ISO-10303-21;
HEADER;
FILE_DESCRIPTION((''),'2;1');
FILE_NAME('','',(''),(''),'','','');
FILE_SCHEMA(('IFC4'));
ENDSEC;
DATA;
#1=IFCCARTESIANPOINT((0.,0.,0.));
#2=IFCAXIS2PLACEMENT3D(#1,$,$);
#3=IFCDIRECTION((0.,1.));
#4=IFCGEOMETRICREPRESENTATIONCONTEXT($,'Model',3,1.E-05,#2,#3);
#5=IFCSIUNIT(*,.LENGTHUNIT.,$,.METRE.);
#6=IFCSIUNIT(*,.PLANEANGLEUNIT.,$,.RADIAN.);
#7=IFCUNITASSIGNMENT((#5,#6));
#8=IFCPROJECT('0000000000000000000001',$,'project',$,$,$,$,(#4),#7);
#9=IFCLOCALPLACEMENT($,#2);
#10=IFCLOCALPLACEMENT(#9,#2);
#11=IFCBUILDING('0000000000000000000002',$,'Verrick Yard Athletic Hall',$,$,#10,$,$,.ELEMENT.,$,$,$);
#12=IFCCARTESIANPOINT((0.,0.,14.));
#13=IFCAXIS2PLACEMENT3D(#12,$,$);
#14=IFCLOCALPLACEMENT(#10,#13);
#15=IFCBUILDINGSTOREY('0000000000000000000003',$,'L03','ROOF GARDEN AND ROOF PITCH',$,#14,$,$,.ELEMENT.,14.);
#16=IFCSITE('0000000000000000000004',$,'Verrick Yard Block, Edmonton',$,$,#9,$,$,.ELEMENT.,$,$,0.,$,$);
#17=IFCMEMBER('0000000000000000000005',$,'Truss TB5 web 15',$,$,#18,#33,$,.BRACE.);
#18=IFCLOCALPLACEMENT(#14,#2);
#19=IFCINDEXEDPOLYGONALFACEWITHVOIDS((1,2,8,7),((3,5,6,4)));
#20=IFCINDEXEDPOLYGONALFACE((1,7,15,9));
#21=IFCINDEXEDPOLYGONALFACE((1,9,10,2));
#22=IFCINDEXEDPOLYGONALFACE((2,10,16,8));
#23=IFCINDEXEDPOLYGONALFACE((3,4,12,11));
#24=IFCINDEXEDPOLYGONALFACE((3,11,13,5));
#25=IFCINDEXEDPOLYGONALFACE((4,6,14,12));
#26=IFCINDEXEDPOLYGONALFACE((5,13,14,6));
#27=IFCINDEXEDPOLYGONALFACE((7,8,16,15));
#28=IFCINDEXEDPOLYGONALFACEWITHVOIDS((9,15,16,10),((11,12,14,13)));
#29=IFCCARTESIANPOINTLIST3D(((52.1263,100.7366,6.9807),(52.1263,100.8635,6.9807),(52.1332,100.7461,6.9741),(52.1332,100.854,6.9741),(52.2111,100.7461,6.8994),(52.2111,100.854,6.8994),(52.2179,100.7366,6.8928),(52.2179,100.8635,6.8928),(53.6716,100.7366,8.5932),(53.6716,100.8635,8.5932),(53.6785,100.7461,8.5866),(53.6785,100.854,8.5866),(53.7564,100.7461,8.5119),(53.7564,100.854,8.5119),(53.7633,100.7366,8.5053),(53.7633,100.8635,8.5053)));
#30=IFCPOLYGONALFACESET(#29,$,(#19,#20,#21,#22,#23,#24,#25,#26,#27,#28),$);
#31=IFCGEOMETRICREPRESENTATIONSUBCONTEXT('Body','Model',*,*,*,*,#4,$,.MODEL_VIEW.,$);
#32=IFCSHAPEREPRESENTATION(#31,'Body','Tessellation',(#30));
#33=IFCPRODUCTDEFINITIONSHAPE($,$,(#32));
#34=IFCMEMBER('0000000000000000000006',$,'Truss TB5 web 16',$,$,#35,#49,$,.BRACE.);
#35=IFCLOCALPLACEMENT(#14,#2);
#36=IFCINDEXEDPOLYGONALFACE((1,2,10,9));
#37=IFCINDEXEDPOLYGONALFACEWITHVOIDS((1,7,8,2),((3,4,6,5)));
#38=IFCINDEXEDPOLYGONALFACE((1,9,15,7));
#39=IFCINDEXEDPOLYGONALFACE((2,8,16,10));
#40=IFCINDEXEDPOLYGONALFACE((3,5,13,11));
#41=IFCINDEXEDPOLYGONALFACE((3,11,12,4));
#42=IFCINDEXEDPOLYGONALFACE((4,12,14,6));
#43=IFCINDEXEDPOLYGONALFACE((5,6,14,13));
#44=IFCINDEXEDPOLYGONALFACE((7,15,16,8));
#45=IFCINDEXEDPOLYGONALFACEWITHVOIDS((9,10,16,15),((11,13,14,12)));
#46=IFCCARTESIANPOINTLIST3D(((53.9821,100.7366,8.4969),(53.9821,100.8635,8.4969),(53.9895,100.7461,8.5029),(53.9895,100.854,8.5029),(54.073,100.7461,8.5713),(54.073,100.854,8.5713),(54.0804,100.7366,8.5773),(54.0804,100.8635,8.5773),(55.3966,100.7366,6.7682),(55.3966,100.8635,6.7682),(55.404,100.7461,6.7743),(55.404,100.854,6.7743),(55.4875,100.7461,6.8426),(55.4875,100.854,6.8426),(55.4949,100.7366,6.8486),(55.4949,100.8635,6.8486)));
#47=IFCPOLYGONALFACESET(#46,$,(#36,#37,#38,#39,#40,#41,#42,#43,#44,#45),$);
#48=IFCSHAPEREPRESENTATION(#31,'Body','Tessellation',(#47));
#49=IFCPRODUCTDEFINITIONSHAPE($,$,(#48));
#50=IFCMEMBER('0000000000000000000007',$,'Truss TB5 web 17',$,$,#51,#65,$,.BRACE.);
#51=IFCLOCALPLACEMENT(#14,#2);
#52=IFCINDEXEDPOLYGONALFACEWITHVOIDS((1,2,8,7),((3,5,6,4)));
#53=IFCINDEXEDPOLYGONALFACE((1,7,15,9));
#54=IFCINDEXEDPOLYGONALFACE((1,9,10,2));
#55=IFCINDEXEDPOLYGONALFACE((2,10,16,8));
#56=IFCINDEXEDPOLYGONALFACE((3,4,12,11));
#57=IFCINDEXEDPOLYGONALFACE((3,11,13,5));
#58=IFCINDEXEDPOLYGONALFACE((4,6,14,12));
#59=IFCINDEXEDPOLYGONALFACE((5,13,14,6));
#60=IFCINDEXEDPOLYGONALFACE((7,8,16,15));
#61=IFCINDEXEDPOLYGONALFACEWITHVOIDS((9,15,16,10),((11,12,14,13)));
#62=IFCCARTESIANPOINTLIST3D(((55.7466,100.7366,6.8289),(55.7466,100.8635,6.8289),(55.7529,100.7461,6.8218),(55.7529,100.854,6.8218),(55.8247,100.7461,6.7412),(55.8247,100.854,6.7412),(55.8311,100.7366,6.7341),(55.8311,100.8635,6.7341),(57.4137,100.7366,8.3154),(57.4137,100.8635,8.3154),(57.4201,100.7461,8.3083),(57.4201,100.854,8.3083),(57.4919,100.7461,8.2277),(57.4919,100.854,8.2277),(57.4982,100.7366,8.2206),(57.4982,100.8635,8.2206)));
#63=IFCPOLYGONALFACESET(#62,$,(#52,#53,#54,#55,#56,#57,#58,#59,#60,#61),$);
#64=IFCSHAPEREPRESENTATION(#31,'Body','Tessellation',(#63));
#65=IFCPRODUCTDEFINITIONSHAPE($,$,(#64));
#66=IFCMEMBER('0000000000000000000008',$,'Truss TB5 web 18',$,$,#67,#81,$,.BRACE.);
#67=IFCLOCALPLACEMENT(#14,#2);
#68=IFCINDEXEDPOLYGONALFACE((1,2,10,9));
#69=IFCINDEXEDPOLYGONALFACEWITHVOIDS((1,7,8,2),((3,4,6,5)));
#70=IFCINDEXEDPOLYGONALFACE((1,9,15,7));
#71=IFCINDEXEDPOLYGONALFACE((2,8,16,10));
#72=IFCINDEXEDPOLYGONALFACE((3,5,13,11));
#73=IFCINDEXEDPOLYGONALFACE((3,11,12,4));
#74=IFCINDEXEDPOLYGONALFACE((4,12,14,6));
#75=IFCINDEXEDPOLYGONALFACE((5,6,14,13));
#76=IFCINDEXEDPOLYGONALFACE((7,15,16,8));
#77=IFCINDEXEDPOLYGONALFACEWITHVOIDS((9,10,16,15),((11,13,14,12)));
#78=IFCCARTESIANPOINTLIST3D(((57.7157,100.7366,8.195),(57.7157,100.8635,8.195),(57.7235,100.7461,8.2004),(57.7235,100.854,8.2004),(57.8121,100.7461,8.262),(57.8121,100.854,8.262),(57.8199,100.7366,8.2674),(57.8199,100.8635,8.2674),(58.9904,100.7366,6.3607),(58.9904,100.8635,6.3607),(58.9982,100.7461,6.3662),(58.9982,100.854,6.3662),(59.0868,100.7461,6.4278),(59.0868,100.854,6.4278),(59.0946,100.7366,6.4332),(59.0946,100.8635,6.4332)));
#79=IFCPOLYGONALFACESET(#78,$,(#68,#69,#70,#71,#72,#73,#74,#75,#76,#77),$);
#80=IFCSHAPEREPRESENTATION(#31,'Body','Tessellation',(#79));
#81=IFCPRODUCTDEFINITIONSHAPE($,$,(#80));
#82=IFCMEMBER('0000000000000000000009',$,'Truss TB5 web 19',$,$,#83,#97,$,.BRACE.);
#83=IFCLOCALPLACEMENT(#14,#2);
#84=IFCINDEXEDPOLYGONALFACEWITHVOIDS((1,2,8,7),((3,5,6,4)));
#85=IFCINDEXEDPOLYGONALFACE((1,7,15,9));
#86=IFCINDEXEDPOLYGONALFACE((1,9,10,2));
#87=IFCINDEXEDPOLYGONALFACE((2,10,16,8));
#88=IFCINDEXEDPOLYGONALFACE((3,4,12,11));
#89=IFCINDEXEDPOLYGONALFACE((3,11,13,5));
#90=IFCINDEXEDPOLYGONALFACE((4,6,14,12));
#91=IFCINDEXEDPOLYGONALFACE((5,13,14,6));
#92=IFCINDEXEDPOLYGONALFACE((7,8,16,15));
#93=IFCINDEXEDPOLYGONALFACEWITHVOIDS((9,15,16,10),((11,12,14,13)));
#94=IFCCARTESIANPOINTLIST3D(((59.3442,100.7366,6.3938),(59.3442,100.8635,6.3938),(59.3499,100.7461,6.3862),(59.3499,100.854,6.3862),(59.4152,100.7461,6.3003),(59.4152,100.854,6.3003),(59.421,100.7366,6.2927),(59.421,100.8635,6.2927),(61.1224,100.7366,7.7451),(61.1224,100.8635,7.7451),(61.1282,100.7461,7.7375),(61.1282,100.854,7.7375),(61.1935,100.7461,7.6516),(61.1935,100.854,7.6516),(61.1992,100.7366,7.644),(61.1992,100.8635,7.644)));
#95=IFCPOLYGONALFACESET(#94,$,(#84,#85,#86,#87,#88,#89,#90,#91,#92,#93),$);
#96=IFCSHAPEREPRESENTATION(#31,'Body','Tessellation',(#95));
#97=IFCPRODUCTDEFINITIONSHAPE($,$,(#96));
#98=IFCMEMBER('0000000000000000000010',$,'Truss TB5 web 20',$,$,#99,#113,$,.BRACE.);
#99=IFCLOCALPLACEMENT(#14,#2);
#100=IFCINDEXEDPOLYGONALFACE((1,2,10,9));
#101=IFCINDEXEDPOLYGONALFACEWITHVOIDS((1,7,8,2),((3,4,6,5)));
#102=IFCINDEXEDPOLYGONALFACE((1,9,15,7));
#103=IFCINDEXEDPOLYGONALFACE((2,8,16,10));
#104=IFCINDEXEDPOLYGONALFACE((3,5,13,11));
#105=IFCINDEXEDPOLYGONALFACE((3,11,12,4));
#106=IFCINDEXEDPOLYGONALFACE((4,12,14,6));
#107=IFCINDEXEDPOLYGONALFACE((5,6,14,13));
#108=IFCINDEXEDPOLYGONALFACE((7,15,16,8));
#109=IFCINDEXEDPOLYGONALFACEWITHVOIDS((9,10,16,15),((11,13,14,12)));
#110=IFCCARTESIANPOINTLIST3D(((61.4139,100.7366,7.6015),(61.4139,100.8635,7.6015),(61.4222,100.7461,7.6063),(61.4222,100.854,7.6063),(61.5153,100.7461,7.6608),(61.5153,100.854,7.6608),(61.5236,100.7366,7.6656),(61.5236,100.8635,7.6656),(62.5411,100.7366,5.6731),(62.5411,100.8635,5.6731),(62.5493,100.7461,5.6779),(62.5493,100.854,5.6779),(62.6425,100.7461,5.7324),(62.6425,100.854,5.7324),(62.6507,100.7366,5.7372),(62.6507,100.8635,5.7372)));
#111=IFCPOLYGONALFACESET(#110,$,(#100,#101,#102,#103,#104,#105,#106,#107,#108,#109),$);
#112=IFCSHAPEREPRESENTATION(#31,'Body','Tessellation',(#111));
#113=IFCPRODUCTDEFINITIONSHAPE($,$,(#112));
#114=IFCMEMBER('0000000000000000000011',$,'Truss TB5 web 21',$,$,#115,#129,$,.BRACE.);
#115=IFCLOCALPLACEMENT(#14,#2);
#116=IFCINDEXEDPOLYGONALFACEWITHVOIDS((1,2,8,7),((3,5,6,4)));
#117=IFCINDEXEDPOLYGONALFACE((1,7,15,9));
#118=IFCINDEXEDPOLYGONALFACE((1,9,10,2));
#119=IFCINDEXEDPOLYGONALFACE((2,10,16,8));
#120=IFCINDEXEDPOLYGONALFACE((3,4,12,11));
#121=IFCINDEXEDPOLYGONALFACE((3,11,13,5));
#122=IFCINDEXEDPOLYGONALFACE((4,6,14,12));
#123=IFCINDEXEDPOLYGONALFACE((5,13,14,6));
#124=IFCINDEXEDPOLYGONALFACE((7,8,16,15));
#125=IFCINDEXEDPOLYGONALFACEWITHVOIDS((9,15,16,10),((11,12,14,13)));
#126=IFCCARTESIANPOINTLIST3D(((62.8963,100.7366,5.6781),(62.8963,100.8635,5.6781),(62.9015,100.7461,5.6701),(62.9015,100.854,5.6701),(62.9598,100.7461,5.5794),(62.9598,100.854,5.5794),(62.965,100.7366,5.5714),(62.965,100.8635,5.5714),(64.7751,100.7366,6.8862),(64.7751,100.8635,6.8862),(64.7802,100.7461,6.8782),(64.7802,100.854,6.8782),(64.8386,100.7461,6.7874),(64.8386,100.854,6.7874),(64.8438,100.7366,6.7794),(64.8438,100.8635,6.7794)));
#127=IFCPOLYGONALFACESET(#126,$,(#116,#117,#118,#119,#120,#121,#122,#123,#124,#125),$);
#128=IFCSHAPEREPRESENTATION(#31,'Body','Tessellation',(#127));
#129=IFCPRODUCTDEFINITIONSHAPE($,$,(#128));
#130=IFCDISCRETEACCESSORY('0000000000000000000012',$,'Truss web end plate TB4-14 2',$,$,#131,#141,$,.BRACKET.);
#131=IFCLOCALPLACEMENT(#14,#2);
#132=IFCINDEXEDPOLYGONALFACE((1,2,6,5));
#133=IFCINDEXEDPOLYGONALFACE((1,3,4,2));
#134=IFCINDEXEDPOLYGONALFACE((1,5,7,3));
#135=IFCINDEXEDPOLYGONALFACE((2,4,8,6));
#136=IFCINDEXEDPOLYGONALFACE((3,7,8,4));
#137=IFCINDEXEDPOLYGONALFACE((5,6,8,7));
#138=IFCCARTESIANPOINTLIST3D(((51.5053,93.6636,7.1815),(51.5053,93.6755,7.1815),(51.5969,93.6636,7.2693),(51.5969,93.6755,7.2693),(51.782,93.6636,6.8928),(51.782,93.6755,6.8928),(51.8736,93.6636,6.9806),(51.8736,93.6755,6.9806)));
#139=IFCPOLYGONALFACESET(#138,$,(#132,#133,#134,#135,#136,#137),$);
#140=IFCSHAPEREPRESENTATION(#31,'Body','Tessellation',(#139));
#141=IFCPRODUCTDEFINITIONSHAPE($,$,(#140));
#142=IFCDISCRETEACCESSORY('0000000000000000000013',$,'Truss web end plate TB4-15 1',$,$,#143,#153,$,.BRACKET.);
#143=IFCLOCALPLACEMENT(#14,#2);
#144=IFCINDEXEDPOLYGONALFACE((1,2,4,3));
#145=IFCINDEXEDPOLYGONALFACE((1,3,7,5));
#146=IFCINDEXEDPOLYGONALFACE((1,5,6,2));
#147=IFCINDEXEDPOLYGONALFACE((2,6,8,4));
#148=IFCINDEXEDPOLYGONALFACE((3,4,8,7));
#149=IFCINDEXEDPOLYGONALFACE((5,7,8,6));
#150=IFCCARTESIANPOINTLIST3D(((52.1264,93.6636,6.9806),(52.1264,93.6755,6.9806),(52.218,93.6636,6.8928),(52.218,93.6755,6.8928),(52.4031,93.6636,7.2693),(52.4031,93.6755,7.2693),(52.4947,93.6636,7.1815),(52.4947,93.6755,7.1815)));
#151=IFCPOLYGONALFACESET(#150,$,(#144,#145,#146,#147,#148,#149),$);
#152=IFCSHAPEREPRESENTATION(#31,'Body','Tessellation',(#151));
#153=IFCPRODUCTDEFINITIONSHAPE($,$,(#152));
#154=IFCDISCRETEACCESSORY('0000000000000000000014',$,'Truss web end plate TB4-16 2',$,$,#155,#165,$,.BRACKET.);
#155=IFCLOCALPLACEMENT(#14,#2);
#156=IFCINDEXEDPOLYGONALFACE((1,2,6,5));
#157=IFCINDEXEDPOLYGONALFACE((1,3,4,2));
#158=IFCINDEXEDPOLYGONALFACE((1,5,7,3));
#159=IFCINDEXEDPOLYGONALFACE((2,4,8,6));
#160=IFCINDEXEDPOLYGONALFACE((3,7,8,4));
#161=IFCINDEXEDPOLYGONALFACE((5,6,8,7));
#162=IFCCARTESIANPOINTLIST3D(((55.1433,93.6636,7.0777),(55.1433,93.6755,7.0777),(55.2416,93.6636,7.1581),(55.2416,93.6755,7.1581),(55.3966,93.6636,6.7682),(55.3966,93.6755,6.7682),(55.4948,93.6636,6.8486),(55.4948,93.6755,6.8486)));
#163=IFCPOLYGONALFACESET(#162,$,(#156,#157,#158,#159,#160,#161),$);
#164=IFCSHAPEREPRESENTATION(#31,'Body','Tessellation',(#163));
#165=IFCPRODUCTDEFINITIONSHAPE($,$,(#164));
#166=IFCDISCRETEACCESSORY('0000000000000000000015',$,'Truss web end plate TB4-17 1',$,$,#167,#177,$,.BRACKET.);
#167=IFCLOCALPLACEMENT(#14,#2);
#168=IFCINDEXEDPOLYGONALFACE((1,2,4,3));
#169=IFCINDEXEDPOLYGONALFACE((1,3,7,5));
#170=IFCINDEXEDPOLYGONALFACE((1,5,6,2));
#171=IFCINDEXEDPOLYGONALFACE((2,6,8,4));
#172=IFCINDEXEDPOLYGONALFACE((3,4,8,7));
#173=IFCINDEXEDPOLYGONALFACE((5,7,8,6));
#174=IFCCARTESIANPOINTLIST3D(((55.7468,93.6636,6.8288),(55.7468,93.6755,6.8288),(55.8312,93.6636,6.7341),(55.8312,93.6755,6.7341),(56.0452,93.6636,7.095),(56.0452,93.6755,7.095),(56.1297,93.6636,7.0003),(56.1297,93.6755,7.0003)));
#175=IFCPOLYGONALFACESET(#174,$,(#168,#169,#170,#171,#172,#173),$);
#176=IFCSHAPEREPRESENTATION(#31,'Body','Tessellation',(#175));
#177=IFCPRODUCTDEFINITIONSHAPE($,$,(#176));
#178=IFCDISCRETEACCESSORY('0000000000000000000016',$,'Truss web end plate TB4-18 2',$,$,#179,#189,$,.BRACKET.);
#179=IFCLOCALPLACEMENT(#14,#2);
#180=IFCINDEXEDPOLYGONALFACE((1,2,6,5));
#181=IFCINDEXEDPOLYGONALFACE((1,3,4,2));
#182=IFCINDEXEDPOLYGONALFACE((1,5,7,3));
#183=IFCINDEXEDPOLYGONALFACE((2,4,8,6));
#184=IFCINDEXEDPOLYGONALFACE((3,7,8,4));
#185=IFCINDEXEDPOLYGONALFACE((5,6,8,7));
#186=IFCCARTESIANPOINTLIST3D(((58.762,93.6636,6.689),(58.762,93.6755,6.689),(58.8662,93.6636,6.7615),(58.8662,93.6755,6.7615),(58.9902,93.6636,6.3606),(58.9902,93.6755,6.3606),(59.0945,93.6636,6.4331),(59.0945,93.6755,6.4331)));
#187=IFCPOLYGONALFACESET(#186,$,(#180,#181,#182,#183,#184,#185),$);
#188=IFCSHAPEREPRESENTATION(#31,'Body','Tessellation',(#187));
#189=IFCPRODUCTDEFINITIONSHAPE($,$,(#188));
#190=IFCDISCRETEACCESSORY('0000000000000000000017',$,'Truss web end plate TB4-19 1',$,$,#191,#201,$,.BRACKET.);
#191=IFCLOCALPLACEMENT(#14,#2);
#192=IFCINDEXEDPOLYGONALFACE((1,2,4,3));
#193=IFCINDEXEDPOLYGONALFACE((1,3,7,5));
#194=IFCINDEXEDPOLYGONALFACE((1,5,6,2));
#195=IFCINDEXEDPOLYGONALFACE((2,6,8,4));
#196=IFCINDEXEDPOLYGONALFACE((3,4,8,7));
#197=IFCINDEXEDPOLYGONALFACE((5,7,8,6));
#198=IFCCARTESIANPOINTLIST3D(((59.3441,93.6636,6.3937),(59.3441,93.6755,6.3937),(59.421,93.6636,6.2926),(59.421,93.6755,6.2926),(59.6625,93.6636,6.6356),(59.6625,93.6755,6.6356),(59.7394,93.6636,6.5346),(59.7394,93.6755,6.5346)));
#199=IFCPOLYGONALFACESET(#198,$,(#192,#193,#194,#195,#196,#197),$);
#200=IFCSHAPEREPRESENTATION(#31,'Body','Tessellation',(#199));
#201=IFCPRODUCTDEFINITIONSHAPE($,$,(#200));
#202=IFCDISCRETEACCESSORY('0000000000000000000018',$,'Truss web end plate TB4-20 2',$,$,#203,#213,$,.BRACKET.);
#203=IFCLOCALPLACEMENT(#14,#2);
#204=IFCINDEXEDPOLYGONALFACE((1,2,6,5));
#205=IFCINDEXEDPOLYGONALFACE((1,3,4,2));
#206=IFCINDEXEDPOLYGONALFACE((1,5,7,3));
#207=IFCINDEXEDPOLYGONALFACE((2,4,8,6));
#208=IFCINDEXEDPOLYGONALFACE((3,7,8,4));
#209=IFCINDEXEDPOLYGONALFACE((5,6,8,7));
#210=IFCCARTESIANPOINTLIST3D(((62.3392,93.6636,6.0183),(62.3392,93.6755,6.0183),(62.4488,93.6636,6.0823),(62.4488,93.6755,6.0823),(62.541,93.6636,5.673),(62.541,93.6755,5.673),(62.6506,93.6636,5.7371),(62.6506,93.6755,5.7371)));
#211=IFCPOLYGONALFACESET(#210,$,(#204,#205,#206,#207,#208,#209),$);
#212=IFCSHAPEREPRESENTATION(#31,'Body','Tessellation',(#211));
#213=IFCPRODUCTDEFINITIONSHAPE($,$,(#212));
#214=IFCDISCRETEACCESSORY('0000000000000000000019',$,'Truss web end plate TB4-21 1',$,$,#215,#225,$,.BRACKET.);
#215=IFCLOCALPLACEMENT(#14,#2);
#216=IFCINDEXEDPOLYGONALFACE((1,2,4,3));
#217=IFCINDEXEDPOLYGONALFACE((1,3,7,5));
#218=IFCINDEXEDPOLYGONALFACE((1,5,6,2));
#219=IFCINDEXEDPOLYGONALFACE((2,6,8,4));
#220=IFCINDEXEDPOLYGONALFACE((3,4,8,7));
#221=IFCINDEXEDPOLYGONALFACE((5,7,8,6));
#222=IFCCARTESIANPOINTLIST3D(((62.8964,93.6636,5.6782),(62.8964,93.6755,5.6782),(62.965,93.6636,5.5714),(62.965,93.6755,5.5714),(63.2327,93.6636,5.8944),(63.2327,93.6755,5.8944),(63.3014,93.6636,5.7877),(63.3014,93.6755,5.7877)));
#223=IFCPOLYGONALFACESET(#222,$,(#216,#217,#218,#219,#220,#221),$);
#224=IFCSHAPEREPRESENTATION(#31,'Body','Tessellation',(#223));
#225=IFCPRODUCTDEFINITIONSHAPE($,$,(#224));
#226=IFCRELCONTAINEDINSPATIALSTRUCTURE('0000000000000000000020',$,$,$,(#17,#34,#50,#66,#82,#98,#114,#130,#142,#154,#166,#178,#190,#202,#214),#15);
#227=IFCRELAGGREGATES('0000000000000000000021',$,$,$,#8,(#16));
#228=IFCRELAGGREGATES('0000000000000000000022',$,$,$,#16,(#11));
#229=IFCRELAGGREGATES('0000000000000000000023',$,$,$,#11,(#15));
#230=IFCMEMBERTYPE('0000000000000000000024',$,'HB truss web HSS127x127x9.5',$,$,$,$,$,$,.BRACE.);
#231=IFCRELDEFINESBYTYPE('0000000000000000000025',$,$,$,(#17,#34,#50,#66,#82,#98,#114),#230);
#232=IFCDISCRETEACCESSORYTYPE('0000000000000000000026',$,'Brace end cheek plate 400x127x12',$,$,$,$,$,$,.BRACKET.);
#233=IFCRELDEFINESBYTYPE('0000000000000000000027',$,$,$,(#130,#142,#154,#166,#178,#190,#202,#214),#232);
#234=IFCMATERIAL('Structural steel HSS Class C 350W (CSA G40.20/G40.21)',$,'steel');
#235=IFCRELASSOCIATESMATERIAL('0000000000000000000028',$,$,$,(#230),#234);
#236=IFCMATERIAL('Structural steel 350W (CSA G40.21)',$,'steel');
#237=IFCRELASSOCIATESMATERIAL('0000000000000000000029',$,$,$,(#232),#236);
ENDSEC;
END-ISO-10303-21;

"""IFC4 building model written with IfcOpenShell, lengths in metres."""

from ifc_helpers import new_model, si_unit, direction, frame, origin, origin_2d, place, context, subcontext, project, spatial, rectangle, hollow_rectangle, extrude, material, material_profile, profile_set, type_object, element, save


model = new_model("IFC4")

# Units and contexts
model_context = context("Model", 3, precision=1e-05, world=origin(), true_north=direction((0.0, 1.0)))
body_context = subcontext(model_context, "Body", "Model", "MODEL_VIEW")
ifc_project = project(units=[si_unit("LENGTHUNIT", "METRE"), si_unit("PLANEANGLEUNIT", "RADIAN")], contexts=[model_context])

# Site, building, storey
site_placement = place(None, origin())
site = spatial("IfcSite", under=ifc_project, at=site_placement, Name="Verrick Yard Block, Edmonton", CompositionType="ELEMENT", RefElevation=0.0)
building_placement = place(site_placement, origin())
building = spatial("IfcBuilding", under=site, at=building_placement, Name="Verrick Yard Athletic Hall", CompositionType="ELEMENT")
storey_placement = place(building_placement, frame((0.0, 0.0, 14.0)))
storey = spatial("IfcBuildingStorey", under=building, at=storey_placement, Name="L03", Description="ROOF GARDEN AND ROOF PITCH", CompositionType="ELEMENT", Elevation=14.0)

# Members
ifc_material_1 = material(Name="Structural steel HSS Class C 350W (CSA G40.20/G40.21)", Category="steel")
ifc_material_profile_1 = material_profile(ifc_material_1, hollow_rectangle(XDim=0.127, YDim=0.127, WallThickness=0.0095, at=origin_2d()), Name="HSS127x127x9.5")
ifc_profile_set_1 = profile_set([ifc_material_profile_1], Name="Structural steel HSS Class C 350W (CSA G40.20/G40.21)")
member_type_1 = type_object("IfcMemberType", Name="HB truss web HSS127x127x9.5", PredefinedType="BRACE", material=ifc_profile_set_1)
member_1_placement = place(storey_placement, frame((52.1721, 100.8, 6.9368), z_axis=(0.691917, 0.0, 0.721977), x_axis=(0.0, 1.0, 0.0)))
element("IfcMember", 1, at=member_1_placement, inside=storey, type_object=member_type_1, Name="Truss TB5 web 15", PredefinedType="BRACE", context=body_context, shape_type="SweptSolid", body=[
    extrude(hollow_rectangle(XDim=0.127, YDim=0.127, WallThickness=0.0095, at=origin_2d()), origin(), (0.0, 0.0, 1.0), 2.2334),
])
for number, where, z_axis, x_axis, name in (
    (2, (54.0312, 100.8, 8.5371), (0.633268, 0.0, -0.773933), (0.0, 1.0, 0.0), "Truss TB5 web 16"),
    (3, (55.7888, 100.8, 6.7815), (0.746389, 0.0, 0.66551), (0.0, 1.0, 0.0), "Truss TB5 web 17"),
    (4, (57.7678, 100.8, 8.2312), (0.570664, 0.0, -0.821184), (0.0, 1.0, 0.0), "Truss TB5 web 18"),
):
    element("IfcMember", number, at=place(storey_placement, frame(where, z_axis=z_axis, x_axis=x_axis)), inside=storey, type_object=member_type_1, Name=name, PredefinedType="BRACE", context=body_context, shape_type="SweptSolid", body=[
        extrude(hollow_rectangle(XDim=0.127, YDim=0.127, WallThickness=0.0095, at=origin_2d()), origin(), (0.0, 0.0, 1.0), 2.2336),
    ])
member_2_placement = place(storey_placement, frame((59.3826, 100.8, 6.3433), z_axis=(0.796206, 0.0, 0.605025), x_axis=(0.0, 1.0, 0.0)))
element("IfcMember", 5, at=member_2_placement, inside=storey, type_object=member_type_1, Name="Truss TB5 web 19", PredefinedType="BRACE", context=body_context, shape_type="SweptSolid", body=[
    extrude(hollow_rectangle(XDim=0.127, YDim=0.127, WallThickness=0.0095, at=origin_2d()), origin(), (0.0, 0.0, 1.0), 2.2334),
])
for number, where, z_axis, x_axis, name in (
    (6, (61.4688, 100.8, 7.6335), (0.504625, 0.0, -0.863339), (0.0, 1.0, 0.0), "Truss TB5 web 20"),
    (7, (62.9307, 100.8, 5.6248), (0.841118, 0.0, 0.540852), (0.0, 1.0, 0.0), "Truss TB5 web 21"),
):
    element("IfcMember", number, at=place(storey_placement, frame(where, z_axis=z_axis, x_axis=x_axis)), inside=storey, type_object=member_type_1, Name=name, PredefinedType="BRACE", context=body_context, shape_type="SweptSolid", body=[
        extrude(hollow_rectangle(XDim=0.127, YDim=0.127, WallThickness=0.0095, at=origin_2d()), origin(), (0.0, 0.0, 1.0), 2.2336),
    ])

# Discrete accessories
ifc_material_2 = material(Name="Structural steel 350W (CSA G40.21)", Category="steel")
ifc_material_profile_2 = material_profile(ifc_material_2, rectangle(XDim=0.3999, YDim=0.127, at=origin_2d()), Name="Brace end cheek plate")
ifc_profile_set_2 = profile_set([ifc_material_profile_2], Name="Structural steel 350W (CSA G40.21)")
discrete_accessory_type = type_object("IfcDiscreteAccessoryType", Name="Brace end cheek plate 400x127x12", PredefinedType="BRACKET", material=ifc_profile_set_2)
for number, where, z_axis, x_axis, name in (
    (8, (51.6895, 93.6636, 7.0811), (0.0, 1.0, 0.0), (-0.691925, 0.0, 0.721969), "Truss web end plate TB4-14 2"),
    (9, (52.3105, 93.6636, 7.0811), (0.0, 1.0, 0.0), (0.691925, 0.0, 0.721969), "Truss web end plate TB4-15 1"),
    (10, (55.3191, 93.6636, 6.9631), (0.0, 1.0, 0.0), (-0.633246, 0.0, 0.773951), "Truss web end plate TB4-16 2"),
    (11, (55.9382, 93.6636, 6.9146), (0.0, 1.0, 0.0), (0.746352, 0.0, 0.665551), "Truss web end plate TB4-17 1"),
    (12, (58.9282, 93.6636, 6.561), (0.0, 1.0, 0.0), (-0.570674, 0.0, 0.821176), "Truss web end plate TB4-18 2"),
    (13, (59.5417, 93.6636, 6.4641), (0.0, 1.0, 0.0), (0.796193, 0.0, 0.605042), "Truss web end plate TB4-19 1"),
    (14, (62.4949, 93.6636, 5.8777), (0.0, 1.0, 0.0), (-0.504597, 0.0, 0.863355), "Truss web end plate TB4-20 2"),
    (15, (63.0989, 93.6636, 5.7329), (0.0, 1.0, 0.0), (0.841141, 0.0, 0.540816), "Truss web end plate TB4-21 1"),
):
    element("IfcDiscreteAccessory", number, at=place(storey_placement, frame(where, z_axis=z_axis, x_axis=x_axis)), inside=storey, type_object=discrete_accessory_type, Name=name, PredefinedType="BRACKET", context=body_context, shape_type="SweptSolid", body=[
        extrude(rectangle(XDim=0.3999, YDim=0.127, at=origin_2d()), origin(), (0.0, 0.0, 1.0), 0.012),
    ])

save(model, "model.ifc")
